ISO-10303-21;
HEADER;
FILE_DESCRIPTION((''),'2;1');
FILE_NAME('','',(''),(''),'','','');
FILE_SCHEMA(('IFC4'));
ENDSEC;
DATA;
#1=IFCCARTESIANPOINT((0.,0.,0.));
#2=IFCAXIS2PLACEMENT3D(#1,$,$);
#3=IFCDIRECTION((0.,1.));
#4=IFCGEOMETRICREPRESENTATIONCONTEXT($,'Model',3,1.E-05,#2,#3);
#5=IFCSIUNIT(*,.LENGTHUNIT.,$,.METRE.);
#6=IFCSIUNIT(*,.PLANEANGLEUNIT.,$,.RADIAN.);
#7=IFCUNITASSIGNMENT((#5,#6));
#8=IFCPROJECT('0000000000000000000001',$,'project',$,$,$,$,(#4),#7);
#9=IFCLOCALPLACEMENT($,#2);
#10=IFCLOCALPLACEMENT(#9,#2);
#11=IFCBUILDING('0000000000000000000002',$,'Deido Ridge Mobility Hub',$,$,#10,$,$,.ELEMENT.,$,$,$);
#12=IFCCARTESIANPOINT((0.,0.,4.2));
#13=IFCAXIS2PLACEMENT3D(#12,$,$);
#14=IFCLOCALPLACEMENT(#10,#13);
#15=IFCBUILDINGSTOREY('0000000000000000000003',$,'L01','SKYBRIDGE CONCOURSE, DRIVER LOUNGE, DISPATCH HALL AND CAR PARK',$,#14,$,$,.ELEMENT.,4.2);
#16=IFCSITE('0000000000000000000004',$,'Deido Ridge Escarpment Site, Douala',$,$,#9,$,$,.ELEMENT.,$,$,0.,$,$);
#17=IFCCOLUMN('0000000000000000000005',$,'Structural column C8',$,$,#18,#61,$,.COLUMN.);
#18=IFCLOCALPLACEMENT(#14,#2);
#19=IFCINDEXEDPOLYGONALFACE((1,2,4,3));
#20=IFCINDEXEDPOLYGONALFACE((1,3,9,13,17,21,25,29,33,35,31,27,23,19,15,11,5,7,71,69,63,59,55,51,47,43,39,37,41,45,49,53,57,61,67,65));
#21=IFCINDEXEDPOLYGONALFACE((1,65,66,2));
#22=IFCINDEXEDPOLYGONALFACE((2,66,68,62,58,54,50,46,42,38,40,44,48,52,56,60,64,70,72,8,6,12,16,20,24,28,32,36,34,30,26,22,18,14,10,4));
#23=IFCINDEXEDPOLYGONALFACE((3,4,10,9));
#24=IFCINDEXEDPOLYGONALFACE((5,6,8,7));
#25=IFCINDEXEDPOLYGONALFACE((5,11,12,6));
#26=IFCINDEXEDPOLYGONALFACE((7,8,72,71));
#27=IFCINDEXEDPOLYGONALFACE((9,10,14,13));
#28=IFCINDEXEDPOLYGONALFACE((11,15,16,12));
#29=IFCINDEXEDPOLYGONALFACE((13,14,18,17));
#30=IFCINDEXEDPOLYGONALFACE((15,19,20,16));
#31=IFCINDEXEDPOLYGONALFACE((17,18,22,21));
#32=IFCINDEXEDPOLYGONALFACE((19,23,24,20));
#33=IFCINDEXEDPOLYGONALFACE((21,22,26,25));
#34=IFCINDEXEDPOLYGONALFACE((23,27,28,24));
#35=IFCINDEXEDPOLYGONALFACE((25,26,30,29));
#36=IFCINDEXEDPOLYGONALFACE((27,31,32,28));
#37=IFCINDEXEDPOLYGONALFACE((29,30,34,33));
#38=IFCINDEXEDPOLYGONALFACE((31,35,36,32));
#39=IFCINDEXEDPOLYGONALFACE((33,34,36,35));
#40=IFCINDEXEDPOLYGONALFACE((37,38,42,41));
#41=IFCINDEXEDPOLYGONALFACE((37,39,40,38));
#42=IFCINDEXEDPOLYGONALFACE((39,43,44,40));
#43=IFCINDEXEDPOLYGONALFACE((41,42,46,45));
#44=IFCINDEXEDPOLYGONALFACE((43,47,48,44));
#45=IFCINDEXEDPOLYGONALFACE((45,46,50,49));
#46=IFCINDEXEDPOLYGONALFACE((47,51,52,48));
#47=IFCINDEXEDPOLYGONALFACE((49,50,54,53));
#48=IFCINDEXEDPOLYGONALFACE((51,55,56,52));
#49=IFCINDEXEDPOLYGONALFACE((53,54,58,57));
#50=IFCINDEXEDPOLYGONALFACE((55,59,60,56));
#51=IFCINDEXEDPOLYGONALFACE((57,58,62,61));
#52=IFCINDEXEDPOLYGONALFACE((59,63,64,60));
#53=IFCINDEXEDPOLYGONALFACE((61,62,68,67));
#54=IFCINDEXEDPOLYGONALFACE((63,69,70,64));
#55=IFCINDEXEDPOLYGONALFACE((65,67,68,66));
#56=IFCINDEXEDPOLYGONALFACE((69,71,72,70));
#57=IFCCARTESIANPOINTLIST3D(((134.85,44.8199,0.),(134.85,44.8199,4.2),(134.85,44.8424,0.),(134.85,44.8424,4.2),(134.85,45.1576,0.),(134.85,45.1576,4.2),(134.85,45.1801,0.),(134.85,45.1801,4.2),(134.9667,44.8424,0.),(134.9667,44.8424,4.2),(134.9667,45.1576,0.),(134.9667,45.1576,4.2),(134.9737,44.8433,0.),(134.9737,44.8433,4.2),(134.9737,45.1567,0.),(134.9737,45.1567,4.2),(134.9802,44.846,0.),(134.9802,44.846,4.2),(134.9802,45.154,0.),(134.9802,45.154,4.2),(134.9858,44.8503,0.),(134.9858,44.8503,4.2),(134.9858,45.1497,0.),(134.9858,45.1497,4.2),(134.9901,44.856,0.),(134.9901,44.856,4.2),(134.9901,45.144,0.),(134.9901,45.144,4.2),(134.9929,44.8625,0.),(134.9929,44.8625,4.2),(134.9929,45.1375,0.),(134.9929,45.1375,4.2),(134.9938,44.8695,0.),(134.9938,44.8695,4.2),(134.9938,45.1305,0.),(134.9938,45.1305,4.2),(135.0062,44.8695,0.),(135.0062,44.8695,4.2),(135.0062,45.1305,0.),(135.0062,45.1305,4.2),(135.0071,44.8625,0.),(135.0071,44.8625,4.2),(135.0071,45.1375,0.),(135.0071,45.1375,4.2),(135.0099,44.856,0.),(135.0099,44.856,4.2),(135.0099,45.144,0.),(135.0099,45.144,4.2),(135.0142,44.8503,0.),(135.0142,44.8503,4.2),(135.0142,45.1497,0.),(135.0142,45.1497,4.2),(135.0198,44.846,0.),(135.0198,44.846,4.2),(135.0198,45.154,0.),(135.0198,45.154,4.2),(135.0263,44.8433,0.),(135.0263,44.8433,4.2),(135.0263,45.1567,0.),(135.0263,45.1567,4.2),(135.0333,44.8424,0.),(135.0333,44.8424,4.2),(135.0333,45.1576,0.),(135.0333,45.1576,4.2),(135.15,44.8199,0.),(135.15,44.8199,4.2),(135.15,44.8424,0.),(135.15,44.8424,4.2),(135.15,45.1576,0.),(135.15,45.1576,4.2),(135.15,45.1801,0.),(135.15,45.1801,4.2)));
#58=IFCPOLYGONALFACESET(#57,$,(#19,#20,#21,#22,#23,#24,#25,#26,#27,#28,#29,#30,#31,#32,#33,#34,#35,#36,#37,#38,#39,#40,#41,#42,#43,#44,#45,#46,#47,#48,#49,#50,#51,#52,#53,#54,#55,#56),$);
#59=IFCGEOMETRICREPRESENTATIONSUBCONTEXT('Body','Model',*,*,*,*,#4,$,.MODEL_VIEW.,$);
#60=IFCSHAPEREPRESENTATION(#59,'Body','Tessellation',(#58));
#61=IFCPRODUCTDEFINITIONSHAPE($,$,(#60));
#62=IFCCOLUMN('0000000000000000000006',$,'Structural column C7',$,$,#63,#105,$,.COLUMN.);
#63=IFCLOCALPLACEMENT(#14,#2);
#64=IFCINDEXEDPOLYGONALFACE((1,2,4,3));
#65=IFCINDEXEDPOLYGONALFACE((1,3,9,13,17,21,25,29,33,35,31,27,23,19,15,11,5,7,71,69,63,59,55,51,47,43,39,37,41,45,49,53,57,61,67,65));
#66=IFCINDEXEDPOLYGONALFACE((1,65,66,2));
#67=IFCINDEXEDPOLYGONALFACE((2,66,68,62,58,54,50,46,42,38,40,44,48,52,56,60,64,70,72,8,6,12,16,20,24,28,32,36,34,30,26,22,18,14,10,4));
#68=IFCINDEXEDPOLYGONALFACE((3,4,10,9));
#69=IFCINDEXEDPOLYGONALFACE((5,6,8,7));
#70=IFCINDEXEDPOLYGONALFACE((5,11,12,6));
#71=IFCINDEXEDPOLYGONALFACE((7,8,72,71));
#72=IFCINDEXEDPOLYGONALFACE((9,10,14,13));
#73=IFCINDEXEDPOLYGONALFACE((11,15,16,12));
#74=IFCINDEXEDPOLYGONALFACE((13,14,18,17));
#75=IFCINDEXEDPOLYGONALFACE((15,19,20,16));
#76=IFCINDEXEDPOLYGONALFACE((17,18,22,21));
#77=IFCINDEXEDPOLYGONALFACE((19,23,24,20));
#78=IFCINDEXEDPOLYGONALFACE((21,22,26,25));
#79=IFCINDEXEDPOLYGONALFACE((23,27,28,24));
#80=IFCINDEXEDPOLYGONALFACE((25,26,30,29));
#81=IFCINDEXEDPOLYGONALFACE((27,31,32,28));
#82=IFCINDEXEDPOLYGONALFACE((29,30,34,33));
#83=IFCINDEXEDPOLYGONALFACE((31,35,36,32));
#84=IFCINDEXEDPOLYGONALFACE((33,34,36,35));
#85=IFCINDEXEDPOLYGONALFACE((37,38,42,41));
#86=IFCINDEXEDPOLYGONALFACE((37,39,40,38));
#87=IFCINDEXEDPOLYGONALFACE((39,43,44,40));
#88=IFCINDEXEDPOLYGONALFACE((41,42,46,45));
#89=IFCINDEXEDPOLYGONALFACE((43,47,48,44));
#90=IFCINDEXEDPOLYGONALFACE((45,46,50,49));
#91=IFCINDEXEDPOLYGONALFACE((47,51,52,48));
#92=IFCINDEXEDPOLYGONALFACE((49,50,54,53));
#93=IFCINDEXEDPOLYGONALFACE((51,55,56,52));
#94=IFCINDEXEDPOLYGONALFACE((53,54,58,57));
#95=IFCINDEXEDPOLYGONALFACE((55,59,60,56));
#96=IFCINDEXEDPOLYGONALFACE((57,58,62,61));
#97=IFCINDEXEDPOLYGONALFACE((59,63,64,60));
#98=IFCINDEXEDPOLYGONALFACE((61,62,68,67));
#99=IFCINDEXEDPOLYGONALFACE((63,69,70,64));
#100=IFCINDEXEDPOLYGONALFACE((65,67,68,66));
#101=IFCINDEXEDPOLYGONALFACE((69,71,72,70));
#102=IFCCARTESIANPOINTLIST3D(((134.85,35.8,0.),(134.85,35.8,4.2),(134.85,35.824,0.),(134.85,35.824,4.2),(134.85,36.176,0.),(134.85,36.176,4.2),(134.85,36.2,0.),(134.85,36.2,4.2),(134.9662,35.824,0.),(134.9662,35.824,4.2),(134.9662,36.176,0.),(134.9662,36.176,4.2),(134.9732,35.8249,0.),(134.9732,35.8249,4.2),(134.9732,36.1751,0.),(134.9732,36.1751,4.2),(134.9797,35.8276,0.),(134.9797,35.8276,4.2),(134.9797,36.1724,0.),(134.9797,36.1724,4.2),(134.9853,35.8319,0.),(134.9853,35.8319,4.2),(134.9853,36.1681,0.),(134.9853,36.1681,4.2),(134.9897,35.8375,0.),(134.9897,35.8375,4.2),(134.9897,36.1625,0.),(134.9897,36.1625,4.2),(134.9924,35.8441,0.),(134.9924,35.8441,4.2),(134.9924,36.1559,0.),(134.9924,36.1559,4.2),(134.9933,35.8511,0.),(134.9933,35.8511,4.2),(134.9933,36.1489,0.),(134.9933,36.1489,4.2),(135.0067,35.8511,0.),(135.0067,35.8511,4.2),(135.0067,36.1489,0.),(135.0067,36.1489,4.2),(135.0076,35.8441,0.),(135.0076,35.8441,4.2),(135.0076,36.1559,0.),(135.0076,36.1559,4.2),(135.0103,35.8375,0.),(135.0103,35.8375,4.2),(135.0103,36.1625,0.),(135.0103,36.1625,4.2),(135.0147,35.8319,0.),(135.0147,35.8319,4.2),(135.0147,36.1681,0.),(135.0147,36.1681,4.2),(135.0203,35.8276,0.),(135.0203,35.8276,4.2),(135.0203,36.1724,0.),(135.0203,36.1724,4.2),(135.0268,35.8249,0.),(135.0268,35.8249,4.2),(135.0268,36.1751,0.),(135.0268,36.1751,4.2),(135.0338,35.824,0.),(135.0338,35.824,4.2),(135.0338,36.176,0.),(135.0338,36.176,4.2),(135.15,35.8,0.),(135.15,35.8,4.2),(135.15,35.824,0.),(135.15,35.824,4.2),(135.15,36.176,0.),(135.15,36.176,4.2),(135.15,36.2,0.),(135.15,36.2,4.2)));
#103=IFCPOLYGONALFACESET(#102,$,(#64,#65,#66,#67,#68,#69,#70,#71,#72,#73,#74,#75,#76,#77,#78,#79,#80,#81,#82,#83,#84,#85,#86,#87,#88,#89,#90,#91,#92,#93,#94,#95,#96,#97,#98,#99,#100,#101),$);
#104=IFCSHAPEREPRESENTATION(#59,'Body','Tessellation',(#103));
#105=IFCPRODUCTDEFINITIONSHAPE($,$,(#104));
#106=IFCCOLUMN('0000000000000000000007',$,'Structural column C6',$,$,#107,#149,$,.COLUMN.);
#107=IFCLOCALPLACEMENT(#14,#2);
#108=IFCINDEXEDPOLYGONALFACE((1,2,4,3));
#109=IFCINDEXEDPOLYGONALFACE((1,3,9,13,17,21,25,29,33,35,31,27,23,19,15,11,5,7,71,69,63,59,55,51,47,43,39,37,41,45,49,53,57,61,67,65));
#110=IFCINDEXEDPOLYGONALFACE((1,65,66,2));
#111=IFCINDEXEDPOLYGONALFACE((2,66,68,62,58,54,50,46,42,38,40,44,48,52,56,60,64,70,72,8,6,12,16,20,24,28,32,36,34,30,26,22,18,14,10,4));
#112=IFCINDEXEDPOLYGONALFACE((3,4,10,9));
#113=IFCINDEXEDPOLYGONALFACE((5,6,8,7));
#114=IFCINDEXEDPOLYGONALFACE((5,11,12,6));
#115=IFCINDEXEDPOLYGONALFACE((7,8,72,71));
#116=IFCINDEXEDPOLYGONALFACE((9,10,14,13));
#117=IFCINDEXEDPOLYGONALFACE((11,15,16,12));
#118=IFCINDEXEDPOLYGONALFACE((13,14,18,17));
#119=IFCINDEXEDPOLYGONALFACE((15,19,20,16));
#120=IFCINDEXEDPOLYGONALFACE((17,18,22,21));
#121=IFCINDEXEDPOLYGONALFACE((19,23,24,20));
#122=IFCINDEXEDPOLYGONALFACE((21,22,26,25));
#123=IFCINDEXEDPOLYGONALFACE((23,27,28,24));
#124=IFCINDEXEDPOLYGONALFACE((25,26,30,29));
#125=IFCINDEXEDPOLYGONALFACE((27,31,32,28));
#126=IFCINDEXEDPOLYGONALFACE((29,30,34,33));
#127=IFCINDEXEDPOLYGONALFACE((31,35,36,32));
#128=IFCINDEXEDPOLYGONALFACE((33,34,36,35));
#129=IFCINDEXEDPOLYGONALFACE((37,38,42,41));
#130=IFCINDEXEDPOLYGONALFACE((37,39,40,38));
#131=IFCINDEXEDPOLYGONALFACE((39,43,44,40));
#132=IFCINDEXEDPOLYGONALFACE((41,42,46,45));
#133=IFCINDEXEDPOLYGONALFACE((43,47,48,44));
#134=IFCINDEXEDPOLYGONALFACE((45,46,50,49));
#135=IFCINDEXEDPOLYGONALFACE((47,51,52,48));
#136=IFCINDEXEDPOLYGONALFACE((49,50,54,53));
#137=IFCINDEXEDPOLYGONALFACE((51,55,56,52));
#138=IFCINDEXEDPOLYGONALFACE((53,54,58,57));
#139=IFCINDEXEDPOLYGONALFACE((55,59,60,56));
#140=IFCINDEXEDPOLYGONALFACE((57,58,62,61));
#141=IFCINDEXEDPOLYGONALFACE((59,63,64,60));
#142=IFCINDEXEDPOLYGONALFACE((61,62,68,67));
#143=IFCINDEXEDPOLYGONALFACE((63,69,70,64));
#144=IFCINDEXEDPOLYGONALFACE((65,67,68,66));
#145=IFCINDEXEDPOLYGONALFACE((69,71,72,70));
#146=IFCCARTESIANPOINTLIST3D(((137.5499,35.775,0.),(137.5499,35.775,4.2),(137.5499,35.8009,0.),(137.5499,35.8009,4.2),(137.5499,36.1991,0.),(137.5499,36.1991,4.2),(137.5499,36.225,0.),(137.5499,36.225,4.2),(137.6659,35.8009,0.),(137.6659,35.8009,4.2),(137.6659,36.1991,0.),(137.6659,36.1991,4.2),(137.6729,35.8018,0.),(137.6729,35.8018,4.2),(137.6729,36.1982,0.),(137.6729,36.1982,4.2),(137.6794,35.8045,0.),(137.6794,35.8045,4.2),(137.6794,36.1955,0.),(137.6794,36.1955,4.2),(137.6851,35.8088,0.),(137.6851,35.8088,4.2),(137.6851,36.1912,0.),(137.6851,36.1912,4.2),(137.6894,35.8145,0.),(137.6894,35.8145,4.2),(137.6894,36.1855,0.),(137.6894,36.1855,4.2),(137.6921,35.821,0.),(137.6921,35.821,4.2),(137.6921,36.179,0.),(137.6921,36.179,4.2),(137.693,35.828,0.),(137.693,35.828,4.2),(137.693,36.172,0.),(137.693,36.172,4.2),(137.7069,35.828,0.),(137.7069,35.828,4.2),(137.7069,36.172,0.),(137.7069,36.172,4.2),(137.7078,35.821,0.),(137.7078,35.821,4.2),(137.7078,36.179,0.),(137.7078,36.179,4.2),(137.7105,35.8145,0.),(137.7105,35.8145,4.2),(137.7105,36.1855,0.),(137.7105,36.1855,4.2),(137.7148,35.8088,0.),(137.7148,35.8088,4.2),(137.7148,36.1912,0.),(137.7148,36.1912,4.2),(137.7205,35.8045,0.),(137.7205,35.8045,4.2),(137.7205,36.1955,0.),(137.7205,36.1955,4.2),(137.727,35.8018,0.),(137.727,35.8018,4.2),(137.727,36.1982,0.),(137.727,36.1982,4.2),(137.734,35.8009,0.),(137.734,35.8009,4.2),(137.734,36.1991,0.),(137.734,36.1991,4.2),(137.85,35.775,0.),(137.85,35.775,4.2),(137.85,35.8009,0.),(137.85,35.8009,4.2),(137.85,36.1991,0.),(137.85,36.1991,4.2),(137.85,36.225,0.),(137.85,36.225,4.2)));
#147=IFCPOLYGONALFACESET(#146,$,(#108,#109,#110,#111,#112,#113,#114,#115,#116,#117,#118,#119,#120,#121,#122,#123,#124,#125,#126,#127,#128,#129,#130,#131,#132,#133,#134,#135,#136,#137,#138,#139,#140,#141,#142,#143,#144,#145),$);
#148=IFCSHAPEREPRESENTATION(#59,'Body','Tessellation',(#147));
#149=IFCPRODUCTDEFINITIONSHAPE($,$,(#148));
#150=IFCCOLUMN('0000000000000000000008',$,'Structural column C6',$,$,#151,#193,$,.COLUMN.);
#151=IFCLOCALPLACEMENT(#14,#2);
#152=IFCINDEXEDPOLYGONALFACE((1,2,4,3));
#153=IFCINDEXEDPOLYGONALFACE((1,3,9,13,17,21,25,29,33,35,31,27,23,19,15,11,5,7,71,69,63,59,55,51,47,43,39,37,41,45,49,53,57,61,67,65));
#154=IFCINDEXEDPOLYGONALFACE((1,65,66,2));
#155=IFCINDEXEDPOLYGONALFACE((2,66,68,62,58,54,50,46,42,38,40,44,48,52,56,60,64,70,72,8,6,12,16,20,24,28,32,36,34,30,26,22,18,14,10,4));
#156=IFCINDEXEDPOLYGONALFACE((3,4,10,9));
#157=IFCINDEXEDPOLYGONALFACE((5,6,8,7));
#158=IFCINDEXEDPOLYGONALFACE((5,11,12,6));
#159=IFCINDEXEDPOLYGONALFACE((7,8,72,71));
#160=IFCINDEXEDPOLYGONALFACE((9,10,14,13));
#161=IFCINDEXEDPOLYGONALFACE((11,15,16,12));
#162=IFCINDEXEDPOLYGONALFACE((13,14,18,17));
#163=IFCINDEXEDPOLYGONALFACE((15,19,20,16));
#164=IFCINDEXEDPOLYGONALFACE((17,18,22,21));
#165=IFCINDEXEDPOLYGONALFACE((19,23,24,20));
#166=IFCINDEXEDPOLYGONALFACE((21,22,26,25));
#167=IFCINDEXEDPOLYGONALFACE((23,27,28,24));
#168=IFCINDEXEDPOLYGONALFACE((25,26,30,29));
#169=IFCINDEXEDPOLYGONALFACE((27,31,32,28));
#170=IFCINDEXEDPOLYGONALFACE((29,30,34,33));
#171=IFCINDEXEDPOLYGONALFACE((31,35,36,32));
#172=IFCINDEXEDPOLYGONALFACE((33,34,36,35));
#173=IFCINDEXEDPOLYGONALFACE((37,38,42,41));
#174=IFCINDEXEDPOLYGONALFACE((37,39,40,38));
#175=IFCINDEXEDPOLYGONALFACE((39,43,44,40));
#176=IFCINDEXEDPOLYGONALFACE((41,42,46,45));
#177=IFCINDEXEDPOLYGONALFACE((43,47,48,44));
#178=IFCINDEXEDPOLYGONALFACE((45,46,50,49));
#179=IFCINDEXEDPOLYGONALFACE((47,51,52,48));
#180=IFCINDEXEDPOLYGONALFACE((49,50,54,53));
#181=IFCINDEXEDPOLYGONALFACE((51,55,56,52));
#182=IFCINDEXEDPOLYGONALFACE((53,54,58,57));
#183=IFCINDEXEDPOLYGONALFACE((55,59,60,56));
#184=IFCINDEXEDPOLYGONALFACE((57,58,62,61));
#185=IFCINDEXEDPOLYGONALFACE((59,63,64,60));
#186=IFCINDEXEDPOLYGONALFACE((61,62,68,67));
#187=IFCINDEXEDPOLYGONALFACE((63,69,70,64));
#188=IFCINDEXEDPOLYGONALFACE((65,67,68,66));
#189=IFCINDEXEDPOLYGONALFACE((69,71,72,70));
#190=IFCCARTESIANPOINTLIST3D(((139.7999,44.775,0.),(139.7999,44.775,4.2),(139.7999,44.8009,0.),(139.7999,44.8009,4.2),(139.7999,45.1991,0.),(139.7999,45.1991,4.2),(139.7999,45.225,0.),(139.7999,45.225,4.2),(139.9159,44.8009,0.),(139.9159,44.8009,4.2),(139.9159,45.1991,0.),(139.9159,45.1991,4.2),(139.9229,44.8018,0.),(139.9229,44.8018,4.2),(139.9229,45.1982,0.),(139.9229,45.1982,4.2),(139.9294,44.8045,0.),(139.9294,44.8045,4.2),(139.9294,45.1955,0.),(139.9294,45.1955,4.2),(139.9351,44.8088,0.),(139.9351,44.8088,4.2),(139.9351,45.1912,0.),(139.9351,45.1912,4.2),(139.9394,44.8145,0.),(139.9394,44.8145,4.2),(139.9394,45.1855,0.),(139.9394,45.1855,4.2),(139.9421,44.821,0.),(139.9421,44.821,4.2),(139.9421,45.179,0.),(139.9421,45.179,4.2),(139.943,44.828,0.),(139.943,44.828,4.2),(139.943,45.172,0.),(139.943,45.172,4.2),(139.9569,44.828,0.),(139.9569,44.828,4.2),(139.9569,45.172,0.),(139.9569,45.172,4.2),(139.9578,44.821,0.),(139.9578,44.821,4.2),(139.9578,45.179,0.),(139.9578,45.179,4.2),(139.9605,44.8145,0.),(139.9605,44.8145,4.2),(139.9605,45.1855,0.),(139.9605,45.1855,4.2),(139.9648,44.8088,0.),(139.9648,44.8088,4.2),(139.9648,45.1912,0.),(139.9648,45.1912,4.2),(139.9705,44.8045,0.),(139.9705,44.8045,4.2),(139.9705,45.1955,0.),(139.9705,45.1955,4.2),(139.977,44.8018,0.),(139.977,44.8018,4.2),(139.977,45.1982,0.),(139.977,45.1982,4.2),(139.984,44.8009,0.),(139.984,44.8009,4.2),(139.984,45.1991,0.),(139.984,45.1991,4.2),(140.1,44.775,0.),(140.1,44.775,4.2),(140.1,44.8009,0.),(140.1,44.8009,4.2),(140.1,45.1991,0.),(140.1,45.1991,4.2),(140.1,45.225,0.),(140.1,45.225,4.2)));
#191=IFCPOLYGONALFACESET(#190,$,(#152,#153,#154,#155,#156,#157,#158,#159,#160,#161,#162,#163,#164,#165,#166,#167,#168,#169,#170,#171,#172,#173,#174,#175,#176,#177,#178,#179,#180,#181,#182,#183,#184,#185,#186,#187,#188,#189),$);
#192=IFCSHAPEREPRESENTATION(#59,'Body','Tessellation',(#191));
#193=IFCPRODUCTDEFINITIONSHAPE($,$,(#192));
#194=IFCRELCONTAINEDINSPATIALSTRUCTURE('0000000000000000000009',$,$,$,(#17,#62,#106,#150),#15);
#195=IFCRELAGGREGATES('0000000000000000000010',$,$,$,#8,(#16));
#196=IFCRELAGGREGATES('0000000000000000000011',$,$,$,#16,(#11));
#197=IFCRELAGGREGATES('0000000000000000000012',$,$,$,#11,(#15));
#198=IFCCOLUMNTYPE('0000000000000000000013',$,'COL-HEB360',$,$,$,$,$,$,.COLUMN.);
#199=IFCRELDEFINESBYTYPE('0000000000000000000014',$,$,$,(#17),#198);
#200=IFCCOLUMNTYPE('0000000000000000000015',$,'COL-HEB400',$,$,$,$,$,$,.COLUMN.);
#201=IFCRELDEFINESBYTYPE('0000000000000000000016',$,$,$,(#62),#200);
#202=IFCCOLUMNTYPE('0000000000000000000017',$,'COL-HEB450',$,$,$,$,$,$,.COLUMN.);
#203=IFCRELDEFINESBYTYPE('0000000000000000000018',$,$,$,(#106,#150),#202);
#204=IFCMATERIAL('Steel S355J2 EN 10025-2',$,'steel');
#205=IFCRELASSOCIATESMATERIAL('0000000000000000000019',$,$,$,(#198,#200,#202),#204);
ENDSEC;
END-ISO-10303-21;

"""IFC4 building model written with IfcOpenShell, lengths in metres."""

from ifc_helpers import new_model, si_unit, direction, frame, origin, origin_2d, place, context, subcontext, project, spatial, i_section, extrude, material, material_profile, profile_set, type_object, element, save


model = new_model("IFC4")

# Units and contexts
model_context = context("Model", 3, precision=1e-05, world=origin(), true_north=direction((0.0, 1.0)))
body_context = subcontext(model_context, "Body", "Model", "MODEL_VIEW")
ifc_project = project(units=[si_unit("LENGTHUNIT", "METRE"), si_unit("PLANEANGLEUNIT", "RADIAN")], contexts=[model_context])

# Site, building, storey
site_placement = place(None, origin())
site = spatial("IfcSite", under=ifc_project, at=site_placement, Name="Deido Ridge Escarpment Site, Douala", CompositionType="ELEMENT", RefElevation=0.0)
building_placement = place(site_placement, origin())
building = spatial("IfcBuilding", under=site, at=building_placement, Name="Deido Ridge Mobility Hub", CompositionType="ELEMENT")
storey_placement = place(building_placement, frame((0.0, 0.0, 4.2)))
storey = spatial("IfcBuildingStorey", under=building, at=storey_placement, Name="L01", Description="SKYBRIDGE CONCOURSE, DRIVER LOUNGE, DISPATCH HALL AND CAR PARK", CompositionType="ELEMENT", Elevation=4.2)

# Columns
ifc_material_1 = material(Name="Steel S355J2 EN 10025-2", Category="steel")
ifc_material_profile_1 = material_profile(ifc_material_1, i_section(OverallWidth=0.3, OverallDepth=0.3601, WebThickness=0.0125, FlangeThickness=0.0225, FilletRadius=0.0271, at=origin_2d()), Name="HEB 360")
ifc_profile_set_1 = profile_set([ifc_material_profile_1], Name="Steel S355J2 EN 10025-2")
column_type_1 = type_object("IfcColumnType", Name="COL-HEB360", PredefinedType="COLUMN", material=ifc_profile_set_1)
for number, where, z_axis, x_axis, name in (
    (1, (135.0, 45.0, 0.0), (0.0, 0.0, 1.0), (1.0, 0.0, 0.0), "Structural column C8"),
):
    element("IfcColumn", number, at=place(storey_placement, frame(where, z_axis=z_axis, x_axis=x_axis)), inside=storey, type_object=column_type_1, Name=name, PredefinedType="COLUMN", context=body_context, shape_type="SweptSolid", body=[
        extrude(i_section(OverallWidth=0.3, OverallDepth=0.3601, WebThickness=0.0125, FlangeThickness=0.0225, FilletRadius=0.0271, at=origin_2d()), origin(), (0.0, 0.0, 1.0), 4.2),
    ])
ifc_material_profile_2 = material_profile(ifc_material_1, i_section(OverallWidth=0.3, OverallDepth=0.3999, WebThickness=0.0134, FlangeThickness=0.0239, FilletRadius=0.0271, at=origin_2d()), Name="HEB 400")
ifc_profile_set_2 = profile_set([ifc_material_profile_2], Name="Steel S355J2 EN 10025-2")
column_type_2 = type_object("IfcColumnType", Name="COL-HEB400", PredefinedType="COLUMN", material=ifc_profile_set_2)
column_placement = place(storey_placement, frame((135.0, 36.0, 0.0), z_axis=(0.0, 0.0, 1.0), x_axis=(1.0, 0.0, 0.0)))
element("IfcColumn", 2, at=column_placement, inside=storey, type_object=column_type_2, Name="Structural column C7", PredefinedType="COLUMN", context=body_context, shape_type="SweptSolid", body=[
    extrude(i_section(OverallWidth=0.3, OverallDepth=0.3999, WebThickness=0.0134, FlangeThickness=0.0239, FilletRadius=0.0271, at=origin_2d()), origin(), (0.0, 0.0, 1.0), 4.2),
])
ifc_material_profile_3 = material_profile(ifc_material_1, i_section(OverallWidth=0.3, OverallDepth=0.45, WebThickness=0.0139, FlangeThickness=0.0259, FilletRadius=0.0271, at=origin_2d()), Name="HEB 450")
ifc_profile_set_3 = profile_set([ifc_material_profile_3], Name="Steel S355J2 EN 10025-2")
column_type_3 = type_object("IfcColumnType", Name="COL-HEB450", PredefinedType="COLUMN", material=ifc_profile_set_3)
for number, where, z_axis, x_axis, name in (
    (3, (137.7, 36.0, 0.0), (0.0, 0.0, 1.0), (1.0, 0.0, 0.0), "Structural column C6"),
    (4, (139.95, 45.0, 0.0), (0.0, 0.0, 1.0), (1.0, 0.0, 0.0), "Structural column C6"),
):
    element("IfcColumn", number, at=place(storey_placement, frame(where, z_axis=z_axis, x_axis=x_axis)), inside=storey, type_object=column_type_3, Name=name, PredefinedType="COLUMN", context=body_context, shape_type="SweptSolid", body=[
        extrude(i_section(OverallWidth=0.3, OverallDepth=0.45, WebThickness=0.0139, FlangeThickness=0.0259, FilletRadius=0.0271, at=origin_2d()), origin(), (0.0, 0.0, 1.0), 4.2),
    ])

save(model, "model.ifc")
